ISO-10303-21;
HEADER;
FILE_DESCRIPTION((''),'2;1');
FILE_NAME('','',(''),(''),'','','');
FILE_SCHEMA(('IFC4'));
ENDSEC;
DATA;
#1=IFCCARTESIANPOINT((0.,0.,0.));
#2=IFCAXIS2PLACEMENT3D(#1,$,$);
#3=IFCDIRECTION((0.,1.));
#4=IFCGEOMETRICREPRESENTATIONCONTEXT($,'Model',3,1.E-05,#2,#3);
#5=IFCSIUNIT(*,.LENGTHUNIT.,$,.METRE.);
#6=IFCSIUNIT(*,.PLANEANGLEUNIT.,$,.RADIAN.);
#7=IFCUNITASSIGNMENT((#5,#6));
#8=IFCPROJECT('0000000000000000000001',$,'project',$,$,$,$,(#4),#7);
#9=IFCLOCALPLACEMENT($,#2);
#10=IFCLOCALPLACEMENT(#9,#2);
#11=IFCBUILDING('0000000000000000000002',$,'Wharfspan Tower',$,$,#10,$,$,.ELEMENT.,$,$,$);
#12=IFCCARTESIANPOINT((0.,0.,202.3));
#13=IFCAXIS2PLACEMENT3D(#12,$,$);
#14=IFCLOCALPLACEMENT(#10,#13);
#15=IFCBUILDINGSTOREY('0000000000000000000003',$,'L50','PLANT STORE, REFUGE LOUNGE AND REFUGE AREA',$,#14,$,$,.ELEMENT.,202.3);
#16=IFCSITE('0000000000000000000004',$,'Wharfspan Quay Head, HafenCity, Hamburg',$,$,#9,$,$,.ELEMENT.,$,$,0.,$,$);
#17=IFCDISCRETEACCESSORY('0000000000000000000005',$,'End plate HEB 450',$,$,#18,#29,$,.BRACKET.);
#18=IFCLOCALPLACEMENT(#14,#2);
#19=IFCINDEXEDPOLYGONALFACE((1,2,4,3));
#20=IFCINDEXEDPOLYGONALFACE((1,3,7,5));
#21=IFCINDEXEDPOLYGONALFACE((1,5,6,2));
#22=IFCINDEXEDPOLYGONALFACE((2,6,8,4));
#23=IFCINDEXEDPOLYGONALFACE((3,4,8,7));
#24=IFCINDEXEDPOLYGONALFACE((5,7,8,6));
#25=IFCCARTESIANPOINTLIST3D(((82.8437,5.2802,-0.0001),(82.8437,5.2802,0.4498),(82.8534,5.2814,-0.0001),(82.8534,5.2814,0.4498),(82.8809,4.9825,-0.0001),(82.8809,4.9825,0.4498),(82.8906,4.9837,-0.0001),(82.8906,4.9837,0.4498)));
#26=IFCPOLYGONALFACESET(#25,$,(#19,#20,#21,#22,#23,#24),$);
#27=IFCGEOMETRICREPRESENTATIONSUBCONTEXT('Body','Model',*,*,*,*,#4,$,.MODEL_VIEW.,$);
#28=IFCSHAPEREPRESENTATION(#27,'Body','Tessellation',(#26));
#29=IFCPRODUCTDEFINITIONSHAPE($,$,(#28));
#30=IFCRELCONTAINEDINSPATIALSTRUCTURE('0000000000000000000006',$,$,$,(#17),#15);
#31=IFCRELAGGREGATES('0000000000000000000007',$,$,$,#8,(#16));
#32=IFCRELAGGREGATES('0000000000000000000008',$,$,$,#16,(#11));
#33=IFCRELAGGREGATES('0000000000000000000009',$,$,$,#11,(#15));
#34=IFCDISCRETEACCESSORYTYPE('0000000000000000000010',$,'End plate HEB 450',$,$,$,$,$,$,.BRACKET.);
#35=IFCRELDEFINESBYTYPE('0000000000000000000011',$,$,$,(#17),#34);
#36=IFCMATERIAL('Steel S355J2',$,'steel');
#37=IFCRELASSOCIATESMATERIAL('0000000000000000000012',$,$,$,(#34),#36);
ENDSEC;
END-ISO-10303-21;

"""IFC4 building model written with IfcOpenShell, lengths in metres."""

from ifc_helpers import new_model, si_unit, direction, frame, origin, origin_2d, place, context, subcontext, project, spatial, rectangle, extrude, material, material_profile, profile_set, type_object, element, save


model = new_model("IFC4")

# Units and contexts
model_context = context("Model", 3, precision=1e-05, world=origin(), true_north=direction((0.0, 1.0)))
body_context = subcontext(model_context, "Body", "Model", "MODEL_VIEW")
ifc_project = project(units=[si_unit("LENGTHUNIT", "METRE"), si_unit("PLANEANGLEUNIT", "RADIAN")], contexts=[model_context])

# Site, building, storey
site_placement = place(None, origin())
site = spatial("IfcSite", under=ifc_project, at=site_placement, Name="Wharfspan Quay Head, HafenCity, Hamburg", CompositionType="ELEMENT", RefElevation=0.0)
building_placement = place(site_placement, origin())
building = spatial("IfcBuilding", under=site, at=building_placement, Name="Wharfspan Tower", CompositionType="ELEMENT")
storey_placement = place(building_placement, frame((0.0, 0.0, 202.3)))
storey = spatial("IfcBuildingStorey", under=building, at=storey_placement, Name="L50", Description="PLANT STORE, REFUGE LOUNGE AND REFUGE AREA", CompositionType="ELEMENT", Elevation=202.3)

# Shared definitions
ifc_material_1 = material(Name="Steel S355J2", Category="steel")

# Discrete accessory
ifc_material_profile_1 = material_profile(ifc_material_1, rectangle(XDim=0.3, YDim=0.45, at=origin_2d()))
ifc_profile_set_1 = profile_set([ifc_material_profile_1], Name="Steel S355J2")
discrete_accessory_type_1 = type_object("IfcDiscreteAccessoryType", Name="End plate HEB 450", PredefinedType="BRACKET", material=ifc_profile_set_1)
for number, where, z_axis, x_axis, name in (
    (1, (82.8623, 5.1313, 0.2249), (0.992278, 0.124035, 0.0), (-0.124035, 0.992278, 0.0), "End plate HEB 450"),
):
    element("IfcDiscreteAccessory", number, at=place(storey_placement, frame(where, z_axis=z_axis, x_axis=x_axis)), inside=storey, type_object=discrete_accessory_type_1, Name=name, PredefinedType="BRACKET", context=body_context, shape_type="SweptSolid", body=[
        extrude(rectangle(XDim=0.3, YDim=0.45, at=origin_2d()), origin(), (0.0, 0.0, 1.0), 0.0098),
    ])

save(model, "model.ifc")
